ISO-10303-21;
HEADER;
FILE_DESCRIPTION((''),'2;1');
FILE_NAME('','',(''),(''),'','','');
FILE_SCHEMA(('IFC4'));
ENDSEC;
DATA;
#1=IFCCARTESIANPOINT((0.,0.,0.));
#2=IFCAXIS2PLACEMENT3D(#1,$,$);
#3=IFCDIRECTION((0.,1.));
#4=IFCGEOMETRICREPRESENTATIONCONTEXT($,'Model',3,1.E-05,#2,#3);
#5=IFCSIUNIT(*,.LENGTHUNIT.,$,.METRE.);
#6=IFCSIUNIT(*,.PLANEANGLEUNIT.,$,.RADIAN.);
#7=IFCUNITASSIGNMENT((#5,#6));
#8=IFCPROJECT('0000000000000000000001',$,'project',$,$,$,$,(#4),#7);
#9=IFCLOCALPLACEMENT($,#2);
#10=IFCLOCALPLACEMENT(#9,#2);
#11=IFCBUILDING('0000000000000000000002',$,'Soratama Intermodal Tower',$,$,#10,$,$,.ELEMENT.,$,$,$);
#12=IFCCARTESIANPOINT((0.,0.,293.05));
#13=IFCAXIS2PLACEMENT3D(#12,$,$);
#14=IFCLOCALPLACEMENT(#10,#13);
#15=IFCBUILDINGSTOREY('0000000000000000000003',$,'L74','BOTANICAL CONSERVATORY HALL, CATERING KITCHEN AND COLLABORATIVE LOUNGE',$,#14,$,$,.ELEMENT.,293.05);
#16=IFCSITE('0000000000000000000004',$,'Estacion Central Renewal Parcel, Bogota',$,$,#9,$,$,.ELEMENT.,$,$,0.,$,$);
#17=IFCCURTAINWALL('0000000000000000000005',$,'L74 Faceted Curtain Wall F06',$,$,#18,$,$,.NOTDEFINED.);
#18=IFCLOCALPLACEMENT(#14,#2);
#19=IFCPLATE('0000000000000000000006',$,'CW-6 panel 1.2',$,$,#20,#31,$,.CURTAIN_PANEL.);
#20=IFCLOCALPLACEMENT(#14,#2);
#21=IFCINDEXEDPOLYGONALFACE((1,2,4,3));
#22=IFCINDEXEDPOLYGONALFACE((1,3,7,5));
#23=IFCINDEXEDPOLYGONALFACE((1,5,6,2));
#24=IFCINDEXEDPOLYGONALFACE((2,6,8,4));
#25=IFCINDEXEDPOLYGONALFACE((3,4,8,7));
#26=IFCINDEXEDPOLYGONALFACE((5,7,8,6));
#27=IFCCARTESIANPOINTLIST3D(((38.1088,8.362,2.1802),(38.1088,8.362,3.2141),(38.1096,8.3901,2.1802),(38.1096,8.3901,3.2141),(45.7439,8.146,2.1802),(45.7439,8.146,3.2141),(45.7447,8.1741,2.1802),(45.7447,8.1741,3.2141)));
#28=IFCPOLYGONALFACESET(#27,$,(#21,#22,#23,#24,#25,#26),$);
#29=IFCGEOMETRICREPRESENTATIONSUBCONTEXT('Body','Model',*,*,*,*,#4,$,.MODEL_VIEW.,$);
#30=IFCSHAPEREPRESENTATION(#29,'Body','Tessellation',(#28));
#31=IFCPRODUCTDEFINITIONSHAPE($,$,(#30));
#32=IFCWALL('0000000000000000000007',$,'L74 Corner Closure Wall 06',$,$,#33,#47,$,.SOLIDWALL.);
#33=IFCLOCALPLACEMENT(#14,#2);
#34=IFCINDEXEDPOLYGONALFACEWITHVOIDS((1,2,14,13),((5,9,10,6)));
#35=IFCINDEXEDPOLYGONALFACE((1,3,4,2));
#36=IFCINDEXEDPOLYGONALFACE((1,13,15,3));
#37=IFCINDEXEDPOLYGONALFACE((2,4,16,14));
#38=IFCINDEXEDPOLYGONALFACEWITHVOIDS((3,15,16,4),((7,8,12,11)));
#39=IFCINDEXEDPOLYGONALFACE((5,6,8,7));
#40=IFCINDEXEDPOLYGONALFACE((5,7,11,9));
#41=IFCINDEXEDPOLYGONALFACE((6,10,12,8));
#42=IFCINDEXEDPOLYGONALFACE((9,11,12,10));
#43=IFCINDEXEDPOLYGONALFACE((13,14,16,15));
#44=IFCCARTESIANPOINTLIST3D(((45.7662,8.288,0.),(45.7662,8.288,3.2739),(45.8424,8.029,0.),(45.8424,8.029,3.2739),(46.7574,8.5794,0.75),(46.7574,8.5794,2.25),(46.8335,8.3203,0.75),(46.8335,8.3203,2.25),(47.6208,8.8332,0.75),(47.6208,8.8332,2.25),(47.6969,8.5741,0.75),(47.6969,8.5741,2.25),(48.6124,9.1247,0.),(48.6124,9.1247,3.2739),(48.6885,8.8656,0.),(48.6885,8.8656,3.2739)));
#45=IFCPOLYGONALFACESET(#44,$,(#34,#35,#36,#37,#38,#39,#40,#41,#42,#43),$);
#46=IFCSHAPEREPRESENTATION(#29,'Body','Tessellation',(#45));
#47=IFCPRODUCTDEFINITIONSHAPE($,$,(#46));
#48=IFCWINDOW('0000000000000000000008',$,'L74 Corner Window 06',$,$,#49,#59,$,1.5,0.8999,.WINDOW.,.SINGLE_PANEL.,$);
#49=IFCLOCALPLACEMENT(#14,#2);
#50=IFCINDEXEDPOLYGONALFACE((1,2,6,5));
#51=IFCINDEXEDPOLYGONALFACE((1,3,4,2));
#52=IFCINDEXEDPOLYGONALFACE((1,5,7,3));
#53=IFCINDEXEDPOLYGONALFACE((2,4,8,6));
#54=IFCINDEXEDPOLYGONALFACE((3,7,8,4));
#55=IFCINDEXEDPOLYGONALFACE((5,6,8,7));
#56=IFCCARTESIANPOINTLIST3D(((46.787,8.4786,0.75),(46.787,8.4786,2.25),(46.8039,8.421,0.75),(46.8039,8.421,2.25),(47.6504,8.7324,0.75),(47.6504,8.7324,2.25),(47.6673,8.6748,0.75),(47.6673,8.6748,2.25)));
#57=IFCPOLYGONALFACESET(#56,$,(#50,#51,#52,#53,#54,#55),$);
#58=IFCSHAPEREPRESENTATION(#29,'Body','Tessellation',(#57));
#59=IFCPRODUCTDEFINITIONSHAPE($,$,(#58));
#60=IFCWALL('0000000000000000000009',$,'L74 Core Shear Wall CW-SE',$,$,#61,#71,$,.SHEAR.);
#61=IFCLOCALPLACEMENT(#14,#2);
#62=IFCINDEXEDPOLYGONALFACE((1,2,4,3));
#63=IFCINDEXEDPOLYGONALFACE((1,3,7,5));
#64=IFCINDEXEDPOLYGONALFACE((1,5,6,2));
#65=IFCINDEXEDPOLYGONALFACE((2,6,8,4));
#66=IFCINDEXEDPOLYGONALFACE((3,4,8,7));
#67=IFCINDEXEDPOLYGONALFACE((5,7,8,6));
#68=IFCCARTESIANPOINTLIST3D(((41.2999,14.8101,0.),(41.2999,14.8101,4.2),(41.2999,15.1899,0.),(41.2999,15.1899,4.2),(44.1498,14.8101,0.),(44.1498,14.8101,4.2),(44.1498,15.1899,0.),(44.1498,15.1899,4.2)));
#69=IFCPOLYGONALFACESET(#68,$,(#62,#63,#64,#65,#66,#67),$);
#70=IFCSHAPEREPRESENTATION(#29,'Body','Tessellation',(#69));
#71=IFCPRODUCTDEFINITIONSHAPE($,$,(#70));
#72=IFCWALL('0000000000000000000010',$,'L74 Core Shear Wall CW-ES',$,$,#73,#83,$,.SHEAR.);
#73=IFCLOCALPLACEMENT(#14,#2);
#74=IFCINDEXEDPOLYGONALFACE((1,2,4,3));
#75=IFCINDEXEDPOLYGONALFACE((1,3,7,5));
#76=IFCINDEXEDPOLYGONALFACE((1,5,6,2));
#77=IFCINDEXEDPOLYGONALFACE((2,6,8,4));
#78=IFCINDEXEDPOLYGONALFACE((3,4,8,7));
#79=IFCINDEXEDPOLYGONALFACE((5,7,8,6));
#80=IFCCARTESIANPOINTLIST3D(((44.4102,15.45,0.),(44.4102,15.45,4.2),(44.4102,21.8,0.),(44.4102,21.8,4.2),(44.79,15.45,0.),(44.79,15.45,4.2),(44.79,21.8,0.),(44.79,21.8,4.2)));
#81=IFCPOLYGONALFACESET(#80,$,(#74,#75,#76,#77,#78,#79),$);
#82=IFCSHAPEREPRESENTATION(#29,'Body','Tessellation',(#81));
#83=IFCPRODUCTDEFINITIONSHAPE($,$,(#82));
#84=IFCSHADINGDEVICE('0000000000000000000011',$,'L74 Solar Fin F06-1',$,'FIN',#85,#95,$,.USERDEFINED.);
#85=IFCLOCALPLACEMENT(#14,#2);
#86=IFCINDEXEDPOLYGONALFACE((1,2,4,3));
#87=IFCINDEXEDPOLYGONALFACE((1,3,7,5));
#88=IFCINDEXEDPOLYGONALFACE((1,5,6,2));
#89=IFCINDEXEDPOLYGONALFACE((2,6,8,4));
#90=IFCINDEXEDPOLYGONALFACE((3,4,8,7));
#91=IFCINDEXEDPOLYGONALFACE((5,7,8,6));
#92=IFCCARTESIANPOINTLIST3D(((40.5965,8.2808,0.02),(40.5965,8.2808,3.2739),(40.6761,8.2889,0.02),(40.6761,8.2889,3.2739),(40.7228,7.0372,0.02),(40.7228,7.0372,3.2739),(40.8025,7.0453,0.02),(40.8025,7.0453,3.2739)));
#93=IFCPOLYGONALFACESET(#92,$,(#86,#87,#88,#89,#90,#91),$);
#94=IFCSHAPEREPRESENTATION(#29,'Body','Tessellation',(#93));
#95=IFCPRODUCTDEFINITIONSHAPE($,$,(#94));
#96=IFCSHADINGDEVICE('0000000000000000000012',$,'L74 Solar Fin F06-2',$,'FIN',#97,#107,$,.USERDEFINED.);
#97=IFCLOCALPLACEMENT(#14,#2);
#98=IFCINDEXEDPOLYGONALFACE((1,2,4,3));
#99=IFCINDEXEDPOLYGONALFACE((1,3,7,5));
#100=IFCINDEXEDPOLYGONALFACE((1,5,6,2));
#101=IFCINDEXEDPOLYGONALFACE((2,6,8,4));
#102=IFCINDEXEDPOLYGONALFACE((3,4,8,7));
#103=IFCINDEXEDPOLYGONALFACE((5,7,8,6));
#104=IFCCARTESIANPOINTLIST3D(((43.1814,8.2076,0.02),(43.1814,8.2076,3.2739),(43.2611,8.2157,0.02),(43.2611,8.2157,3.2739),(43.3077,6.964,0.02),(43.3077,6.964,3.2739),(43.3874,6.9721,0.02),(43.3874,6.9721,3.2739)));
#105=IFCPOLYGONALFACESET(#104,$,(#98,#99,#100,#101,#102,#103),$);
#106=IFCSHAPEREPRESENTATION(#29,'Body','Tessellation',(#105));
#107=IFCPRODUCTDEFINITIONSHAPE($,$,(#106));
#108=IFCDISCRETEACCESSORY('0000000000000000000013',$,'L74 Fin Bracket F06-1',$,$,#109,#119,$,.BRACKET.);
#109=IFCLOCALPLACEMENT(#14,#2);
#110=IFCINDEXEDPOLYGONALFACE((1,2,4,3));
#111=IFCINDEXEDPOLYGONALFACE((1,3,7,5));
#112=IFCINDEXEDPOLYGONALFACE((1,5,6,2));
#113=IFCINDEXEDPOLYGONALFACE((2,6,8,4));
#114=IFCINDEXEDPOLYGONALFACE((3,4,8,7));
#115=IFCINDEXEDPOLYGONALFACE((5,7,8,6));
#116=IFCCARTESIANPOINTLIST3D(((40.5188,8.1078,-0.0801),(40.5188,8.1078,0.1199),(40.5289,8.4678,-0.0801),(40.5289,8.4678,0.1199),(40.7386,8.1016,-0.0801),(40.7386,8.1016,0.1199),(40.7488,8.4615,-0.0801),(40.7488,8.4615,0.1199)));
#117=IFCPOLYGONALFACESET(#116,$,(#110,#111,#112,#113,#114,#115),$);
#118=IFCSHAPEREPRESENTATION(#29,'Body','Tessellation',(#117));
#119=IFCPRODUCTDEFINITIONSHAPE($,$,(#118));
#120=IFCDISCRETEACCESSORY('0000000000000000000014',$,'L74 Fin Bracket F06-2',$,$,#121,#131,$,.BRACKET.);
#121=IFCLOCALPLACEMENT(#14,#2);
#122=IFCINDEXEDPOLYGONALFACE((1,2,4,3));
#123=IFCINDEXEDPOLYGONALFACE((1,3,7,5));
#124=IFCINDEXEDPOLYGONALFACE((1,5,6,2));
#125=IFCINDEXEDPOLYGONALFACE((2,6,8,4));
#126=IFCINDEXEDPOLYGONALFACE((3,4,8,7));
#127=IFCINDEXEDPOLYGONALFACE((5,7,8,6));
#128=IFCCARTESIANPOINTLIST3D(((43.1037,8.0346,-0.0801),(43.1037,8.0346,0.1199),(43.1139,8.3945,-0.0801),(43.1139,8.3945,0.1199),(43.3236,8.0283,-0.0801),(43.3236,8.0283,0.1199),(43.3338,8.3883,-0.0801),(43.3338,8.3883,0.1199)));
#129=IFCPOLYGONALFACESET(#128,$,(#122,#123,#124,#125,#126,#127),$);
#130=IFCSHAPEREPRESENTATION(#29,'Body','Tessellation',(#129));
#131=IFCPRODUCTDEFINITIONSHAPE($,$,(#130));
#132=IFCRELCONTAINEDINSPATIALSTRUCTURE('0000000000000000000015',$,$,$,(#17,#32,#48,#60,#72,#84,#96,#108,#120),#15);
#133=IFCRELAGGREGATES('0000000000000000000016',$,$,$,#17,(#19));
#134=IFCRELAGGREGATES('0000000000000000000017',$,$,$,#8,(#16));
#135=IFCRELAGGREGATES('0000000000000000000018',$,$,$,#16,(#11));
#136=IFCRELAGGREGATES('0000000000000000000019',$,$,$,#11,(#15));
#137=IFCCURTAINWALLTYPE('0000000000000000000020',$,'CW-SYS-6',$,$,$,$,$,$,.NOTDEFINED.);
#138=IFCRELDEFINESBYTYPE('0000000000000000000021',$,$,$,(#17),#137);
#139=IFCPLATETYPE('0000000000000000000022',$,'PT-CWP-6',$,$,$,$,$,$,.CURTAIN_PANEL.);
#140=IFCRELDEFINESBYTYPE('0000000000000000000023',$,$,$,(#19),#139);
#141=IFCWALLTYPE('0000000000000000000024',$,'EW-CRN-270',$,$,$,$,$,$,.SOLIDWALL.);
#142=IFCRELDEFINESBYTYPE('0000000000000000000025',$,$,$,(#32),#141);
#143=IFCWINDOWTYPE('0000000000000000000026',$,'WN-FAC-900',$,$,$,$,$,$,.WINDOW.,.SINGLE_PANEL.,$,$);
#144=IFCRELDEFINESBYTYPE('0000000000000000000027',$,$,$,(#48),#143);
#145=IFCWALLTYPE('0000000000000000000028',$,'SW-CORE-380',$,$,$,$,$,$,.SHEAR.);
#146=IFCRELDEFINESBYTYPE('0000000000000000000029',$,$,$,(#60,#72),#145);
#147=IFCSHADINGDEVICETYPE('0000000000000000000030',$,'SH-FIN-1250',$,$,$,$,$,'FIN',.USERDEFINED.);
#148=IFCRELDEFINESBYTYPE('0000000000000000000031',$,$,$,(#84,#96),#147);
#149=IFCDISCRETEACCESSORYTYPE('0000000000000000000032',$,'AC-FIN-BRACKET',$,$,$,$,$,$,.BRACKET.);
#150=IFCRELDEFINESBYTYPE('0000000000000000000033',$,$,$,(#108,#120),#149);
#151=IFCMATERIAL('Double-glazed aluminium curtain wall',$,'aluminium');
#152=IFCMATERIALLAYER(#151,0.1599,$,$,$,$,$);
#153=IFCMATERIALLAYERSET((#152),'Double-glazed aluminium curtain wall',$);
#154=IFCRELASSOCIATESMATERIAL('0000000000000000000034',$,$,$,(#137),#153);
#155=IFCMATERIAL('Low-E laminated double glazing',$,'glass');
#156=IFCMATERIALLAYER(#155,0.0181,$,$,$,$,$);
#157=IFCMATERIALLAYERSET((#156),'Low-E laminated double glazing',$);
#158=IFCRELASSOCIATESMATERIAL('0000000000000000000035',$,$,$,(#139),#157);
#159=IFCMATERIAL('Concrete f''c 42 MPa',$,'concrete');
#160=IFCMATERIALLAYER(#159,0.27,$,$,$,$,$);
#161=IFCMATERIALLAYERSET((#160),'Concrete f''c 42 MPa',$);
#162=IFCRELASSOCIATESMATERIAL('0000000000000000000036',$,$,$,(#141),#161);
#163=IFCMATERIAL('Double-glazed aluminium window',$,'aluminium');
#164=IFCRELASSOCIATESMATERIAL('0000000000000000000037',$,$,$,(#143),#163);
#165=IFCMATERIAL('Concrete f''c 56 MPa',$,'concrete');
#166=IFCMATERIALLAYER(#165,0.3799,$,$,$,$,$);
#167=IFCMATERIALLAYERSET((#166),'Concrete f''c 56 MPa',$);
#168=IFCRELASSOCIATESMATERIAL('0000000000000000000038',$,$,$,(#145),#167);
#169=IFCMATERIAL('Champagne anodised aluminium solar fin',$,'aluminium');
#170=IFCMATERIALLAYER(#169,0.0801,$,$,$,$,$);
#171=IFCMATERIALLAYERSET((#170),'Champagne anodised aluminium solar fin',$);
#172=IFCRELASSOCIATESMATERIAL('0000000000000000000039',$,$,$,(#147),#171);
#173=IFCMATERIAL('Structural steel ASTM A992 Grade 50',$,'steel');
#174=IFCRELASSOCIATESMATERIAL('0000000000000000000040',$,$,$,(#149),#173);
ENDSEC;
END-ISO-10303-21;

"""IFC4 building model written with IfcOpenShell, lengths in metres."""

from ifc_helpers import new_model, si_unit, direction, frame, frame_2d, origin, origin_2d, place, context, subcontext, project, spatial, rectangle, extrude, material, layer, layer_set, type_object, element, fill, aggregate, save


model = new_model("IFC4")

# Units and contexts
model_context = context("Model", 3, precision=1e-05, world=origin(), true_north=direction((0.0, 1.0)))
body_context = subcontext(model_context, "Body", "Model", "MODEL_VIEW")
ifc_project = project(units=[si_unit("LENGTHUNIT", "METRE"), si_unit("PLANEANGLEUNIT", "RADIAN")], contexts=[model_context])

# Site, building, storey
site_placement = place(None, origin())
site = spatial("IfcSite", under=ifc_project, at=site_placement, Name="Estacion Central Renewal Parcel, Bogota", CompositionType="ELEMENT", RefElevation=0.0)
building_placement = place(site_placement, origin())
building = spatial("IfcBuilding", under=site, at=building_placement, Name="Soratama Intermodal Tower", CompositionType="ELEMENT")
storey_placement = place(building_placement, frame((0.0, 0.0, 293.05)))
storey = spatial("IfcBuildingStorey", under=building, at=storey_placement, Name="L74", Description="BOTANICAL CONSERVATORY HALL, CATERING KITCHEN AND COLLABORATIVE LOUNGE", CompositionType="ELEMENT", Elevation=293.05)

# Curtain wall, plate
ifc_material_1 = material(Name="Double-glazed aluminium curtain wall", Category="aluminium")
ifc_layer_1 = layer(ifc_material_1, 0.1599)
ifc_layer_set_1 = layer_set([ifc_layer_1], Name="Double-glazed aluminium curtain wall")
curtain_wall_type = type_object("IfcCurtainWallType", Name="CW-SYS-6", PredefinedType="NOTDEFINED", material=ifc_layer_set_1)
curtain_wall_placement = place(storey_placement, origin())
curtain_wall = element("IfcCurtainWall", 1, at=curtain_wall_placement, inside=storey, type_object=curtain_wall_type, Name="L74 Faceted Curtain Wall F06", PredefinedType="NOTDEFINED")
ifc_material_2 = material(Name="Low-E laminated double glazing", Category="glass")
ifc_layer_2 = layer(ifc_material_2, 0.0181)
ifc_layer_set_2 = layer_set([ifc_layer_2], Name="Low-E laminated double glazing")
plate_type = type_object("IfcPlateType", Name="PT-CWP-6", PredefinedType="CURTAIN_PANEL", material=ifc_layer_set_2)
plate_1_placement = place(storey_placement, frame((41.9268, 8.2681, 2.1802), z_axis=(0.0, 0.0, 1.0), x_axis=(0.9996, -0.02828, 0.0)))
plate_1 = element("IfcPlate", 2, at=plate_1_placement, type_object=plate_type, Name="CW-6 panel 1.2", PredefinedType="CURTAIN_PANEL", context=body_context, shape_type="SweptSolid", body=[
    extrude(rectangle(XDim=7.6382, YDim=0.0281, at=origin_2d()), origin(), (0.0, 0.0, 1.0), 1.0339),
])
aggregate(curtain_wall, [plate_1])

# Wall, opening, window
ifc_material_3 = material(Name="Concrete f'c 42 MPa", Category="concrete")
ifc_layer_3 = layer(ifc_material_3, 0.27)
ifc_layer_set_3 = layer_set([ifc_layer_3], Name="Concrete f'c 42 MPa")
wall_type_1 = type_object("IfcWallType", Name="EW-CRN-270", PredefinedType="SOLIDWALL", material=ifc_layer_set_3)
wall_1_placement = place(storey_placement, frame((45.8042, 8.1584, 0.0), z_axis=(0.0, 0.0, 1.0), x_axis=(0.959406, 0.282028, 0.0)))
wall_1 = element("IfcWall", 3, at=wall_1_placement, inside=storey, type_object=wall_type_1, Name="L74 Corner Closure Wall 06", PredefinedType="SOLIDWALL", context=body_context, shape_type="SweptSolid", body=[
    extrude(rectangle(XDim=2.9666, YDim=0.27, at=frame_2d((1.4834, 0.0))), origin(), (0.0, 0.0, 1.0), 3.2739),
])
opening_1_placement = place(wall_1_placement, frame((1.0332, 0.0, 0.75)))
opening_1 = element("IfcOpeningElement", 4, at=opening_1_placement, cuts=wall_1, PredefinedType="OPENING", context=body_context, shape_type="SweptSolid", body=[
    extrude(rectangle(XDim=0.8999, YDim=1.5, at=frame_2d((0.45, 0.75))), frame((0.0, 0.145, 0.0), z_axis=(0.0, -1.0, 0.0), x_axis=(1.0, 0.0, 0.0)), (0.0, 0.0, 1.0), 0.29),
])
ifc_material_4 = material(Name="Double-glazed aluminium window", Category="aluminium")
window_type = type_object("IfcWindowType", Name="WN-FAC-900", PartitioningType="SINGLE_PANEL", PredefinedType="WINDOW", material=ifc_material_4)
window_placement = place(opening_1_placement, origin())
window = element("IfcWindow", 5, at=window_placement, inside=storey, type_object=window_type, Name="L74 Corner Window 06", OverallHeight=1.5, OverallWidth=0.8999, PartitioningType="SINGLE_PANEL", PredefinedType="WINDOW", context=body_context, shape_type="SweptSolid", body=[
    extrude(rectangle(XDim=0.8999, YDim=1.5, at=frame_2d((0.45, 0.75))), frame((0.0, 0.03, 0.0), z_axis=(0.0, -1.0, 0.0), x_axis=(1.0, 0.0, 0.0)), (0.0, 0.0, 1.0), 0.0601),
])
fill(opening_1, window)

# Walls
ifc_material_5 = material(Name="Concrete f'c 56 MPa", Category="concrete")
ifc_layer_4 = layer(ifc_material_5, 0.3799)
ifc_layer_set_4 = layer_set([ifc_layer_4], Name="Concrete f'c 56 MPa")
wall_type_2 = type_object("IfcWallType", Name="SW-CORE-380", PredefinedType="SHEAR", material=ifc_layer_set_4)
wall_2_placement = place(storey_placement, frame((41.3, 15.0, 0.0), z_axis=(0.0, 0.0, 1.0), x_axis=(1.0, 0.0, 0.0)))
element("IfcWall", 6, at=wall_2_placement, inside=storey, type_object=wall_type_2, Name="L74 Core Shear Wall CW-SE", PredefinedType="SHEAR", context=body_context, shape_type="SweptSolid", body=[
    extrude(rectangle(XDim=2.8499, YDim=0.3799, at=frame_2d((1.4248, 0.0))), origin(), (0.0, 0.0, 1.0), 4.2),
])
wall_3_placement = place(storey_placement, frame((44.6001, 15.45, 0.0), z_axis=(0.0, 0.0, 1.0), x_axis=(0.0, 1.0, 0.0)))
element("IfcWall", 7, at=wall_3_placement, inside=storey, type_object=wall_type_2, Name="L74 Core Shear Wall CW-ES", PredefinedType="SHEAR", context=body_context, shape_type="SweptSolid", body=[
    extrude(rectangle(XDim=6.3501, YDim=0.3799, at=frame_2d((3.175, 0.0))), origin(), (0.0, 0.0, 1.0), 4.2),
])

# Shading devices
ifc_material_6 = material(Name="Champagne anodised aluminium solar fin", Category="aluminium")
ifc_layer_5 = layer(ifc_material_6, 0.0801)
ifc_layer_set_5 = layer_set([ifc_layer_5], Name="Champagne anodised aluminium solar fin")
shading_device_type = type_object("IfcShadingDeviceType", Name="SH-FIN-1250", ElementType="FIN", PredefinedType="USERDEFINED", material=ifc_layer_set_5)
for number, where, z_axis, x_axis, name in (
    (8, (40.6995, 7.6631, 0.02), (0.0, 0.0, 1.0), (0.101056, -0.994881, 0.0), "L74 Solar Fin F06-1"),
    (9, (43.2844, 7.5898, 0.02), (0.0, 0.0, 1.0), (0.101056, -0.994881, 0.0), "L74 Solar Fin F06-2"),
):
    element("IfcShadingDevice", number, at=place(storey_placement, frame(where, z_axis=z_axis, x_axis=x_axis)), inside=storey, type_object=shading_device_type, Name=name, ObjectType="FIN", PredefinedType="USERDEFINED", context=body_context, shape_type="SweptSolid", body=[
        extrude(rectangle(XDim=1.25, YDim=0.0801, at=origin_2d()), origin(), (0.0, 0.0, 1.0), 3.2539),
    ])

# Discrete accessories
ifc_material_7 = material(Name="Structural steel ASTM A992 Grade 50", Category="steel")
discrete_accessory_type = type_object("IfcDiscreteAccessoryType", Name="AC-FIN-BRACKET", PredefinedType="BRACKET", material=ifc_material_7)
for number, where, z_axis, x_axis, name in (
    (10, (40.6338, 8.2847, -0.0801), (0.0, 0.0, 1.0), (-0.028271, -0.9996, 0.0), "L74 Fin Bracket F06-1"),
    (11, (43.2188, 8.2114, -0.0801), (0.0, 0.0, 1.0), (-0.028271, -0.9996, 0.0), "L74 Fin Bracket F06-2"),
):
    element("IfcDiscreteAccessory", number, at=place(storey_placement, frame(where, z_axis=z_axis, x_axis=x_axis)), inside=storey, type_object=discrete_accessory_type, Name=name, PredefinedType="BRACKET", context=body_context, shape_type="SweptSolid", body=[
        extrude(rectangle(XDim=0.3601, YDim=0.22, at=origin_2d()), origin(), (0.0, 0.0, 1.0), 0.2),
    ])

save(model, "model.ifc")
